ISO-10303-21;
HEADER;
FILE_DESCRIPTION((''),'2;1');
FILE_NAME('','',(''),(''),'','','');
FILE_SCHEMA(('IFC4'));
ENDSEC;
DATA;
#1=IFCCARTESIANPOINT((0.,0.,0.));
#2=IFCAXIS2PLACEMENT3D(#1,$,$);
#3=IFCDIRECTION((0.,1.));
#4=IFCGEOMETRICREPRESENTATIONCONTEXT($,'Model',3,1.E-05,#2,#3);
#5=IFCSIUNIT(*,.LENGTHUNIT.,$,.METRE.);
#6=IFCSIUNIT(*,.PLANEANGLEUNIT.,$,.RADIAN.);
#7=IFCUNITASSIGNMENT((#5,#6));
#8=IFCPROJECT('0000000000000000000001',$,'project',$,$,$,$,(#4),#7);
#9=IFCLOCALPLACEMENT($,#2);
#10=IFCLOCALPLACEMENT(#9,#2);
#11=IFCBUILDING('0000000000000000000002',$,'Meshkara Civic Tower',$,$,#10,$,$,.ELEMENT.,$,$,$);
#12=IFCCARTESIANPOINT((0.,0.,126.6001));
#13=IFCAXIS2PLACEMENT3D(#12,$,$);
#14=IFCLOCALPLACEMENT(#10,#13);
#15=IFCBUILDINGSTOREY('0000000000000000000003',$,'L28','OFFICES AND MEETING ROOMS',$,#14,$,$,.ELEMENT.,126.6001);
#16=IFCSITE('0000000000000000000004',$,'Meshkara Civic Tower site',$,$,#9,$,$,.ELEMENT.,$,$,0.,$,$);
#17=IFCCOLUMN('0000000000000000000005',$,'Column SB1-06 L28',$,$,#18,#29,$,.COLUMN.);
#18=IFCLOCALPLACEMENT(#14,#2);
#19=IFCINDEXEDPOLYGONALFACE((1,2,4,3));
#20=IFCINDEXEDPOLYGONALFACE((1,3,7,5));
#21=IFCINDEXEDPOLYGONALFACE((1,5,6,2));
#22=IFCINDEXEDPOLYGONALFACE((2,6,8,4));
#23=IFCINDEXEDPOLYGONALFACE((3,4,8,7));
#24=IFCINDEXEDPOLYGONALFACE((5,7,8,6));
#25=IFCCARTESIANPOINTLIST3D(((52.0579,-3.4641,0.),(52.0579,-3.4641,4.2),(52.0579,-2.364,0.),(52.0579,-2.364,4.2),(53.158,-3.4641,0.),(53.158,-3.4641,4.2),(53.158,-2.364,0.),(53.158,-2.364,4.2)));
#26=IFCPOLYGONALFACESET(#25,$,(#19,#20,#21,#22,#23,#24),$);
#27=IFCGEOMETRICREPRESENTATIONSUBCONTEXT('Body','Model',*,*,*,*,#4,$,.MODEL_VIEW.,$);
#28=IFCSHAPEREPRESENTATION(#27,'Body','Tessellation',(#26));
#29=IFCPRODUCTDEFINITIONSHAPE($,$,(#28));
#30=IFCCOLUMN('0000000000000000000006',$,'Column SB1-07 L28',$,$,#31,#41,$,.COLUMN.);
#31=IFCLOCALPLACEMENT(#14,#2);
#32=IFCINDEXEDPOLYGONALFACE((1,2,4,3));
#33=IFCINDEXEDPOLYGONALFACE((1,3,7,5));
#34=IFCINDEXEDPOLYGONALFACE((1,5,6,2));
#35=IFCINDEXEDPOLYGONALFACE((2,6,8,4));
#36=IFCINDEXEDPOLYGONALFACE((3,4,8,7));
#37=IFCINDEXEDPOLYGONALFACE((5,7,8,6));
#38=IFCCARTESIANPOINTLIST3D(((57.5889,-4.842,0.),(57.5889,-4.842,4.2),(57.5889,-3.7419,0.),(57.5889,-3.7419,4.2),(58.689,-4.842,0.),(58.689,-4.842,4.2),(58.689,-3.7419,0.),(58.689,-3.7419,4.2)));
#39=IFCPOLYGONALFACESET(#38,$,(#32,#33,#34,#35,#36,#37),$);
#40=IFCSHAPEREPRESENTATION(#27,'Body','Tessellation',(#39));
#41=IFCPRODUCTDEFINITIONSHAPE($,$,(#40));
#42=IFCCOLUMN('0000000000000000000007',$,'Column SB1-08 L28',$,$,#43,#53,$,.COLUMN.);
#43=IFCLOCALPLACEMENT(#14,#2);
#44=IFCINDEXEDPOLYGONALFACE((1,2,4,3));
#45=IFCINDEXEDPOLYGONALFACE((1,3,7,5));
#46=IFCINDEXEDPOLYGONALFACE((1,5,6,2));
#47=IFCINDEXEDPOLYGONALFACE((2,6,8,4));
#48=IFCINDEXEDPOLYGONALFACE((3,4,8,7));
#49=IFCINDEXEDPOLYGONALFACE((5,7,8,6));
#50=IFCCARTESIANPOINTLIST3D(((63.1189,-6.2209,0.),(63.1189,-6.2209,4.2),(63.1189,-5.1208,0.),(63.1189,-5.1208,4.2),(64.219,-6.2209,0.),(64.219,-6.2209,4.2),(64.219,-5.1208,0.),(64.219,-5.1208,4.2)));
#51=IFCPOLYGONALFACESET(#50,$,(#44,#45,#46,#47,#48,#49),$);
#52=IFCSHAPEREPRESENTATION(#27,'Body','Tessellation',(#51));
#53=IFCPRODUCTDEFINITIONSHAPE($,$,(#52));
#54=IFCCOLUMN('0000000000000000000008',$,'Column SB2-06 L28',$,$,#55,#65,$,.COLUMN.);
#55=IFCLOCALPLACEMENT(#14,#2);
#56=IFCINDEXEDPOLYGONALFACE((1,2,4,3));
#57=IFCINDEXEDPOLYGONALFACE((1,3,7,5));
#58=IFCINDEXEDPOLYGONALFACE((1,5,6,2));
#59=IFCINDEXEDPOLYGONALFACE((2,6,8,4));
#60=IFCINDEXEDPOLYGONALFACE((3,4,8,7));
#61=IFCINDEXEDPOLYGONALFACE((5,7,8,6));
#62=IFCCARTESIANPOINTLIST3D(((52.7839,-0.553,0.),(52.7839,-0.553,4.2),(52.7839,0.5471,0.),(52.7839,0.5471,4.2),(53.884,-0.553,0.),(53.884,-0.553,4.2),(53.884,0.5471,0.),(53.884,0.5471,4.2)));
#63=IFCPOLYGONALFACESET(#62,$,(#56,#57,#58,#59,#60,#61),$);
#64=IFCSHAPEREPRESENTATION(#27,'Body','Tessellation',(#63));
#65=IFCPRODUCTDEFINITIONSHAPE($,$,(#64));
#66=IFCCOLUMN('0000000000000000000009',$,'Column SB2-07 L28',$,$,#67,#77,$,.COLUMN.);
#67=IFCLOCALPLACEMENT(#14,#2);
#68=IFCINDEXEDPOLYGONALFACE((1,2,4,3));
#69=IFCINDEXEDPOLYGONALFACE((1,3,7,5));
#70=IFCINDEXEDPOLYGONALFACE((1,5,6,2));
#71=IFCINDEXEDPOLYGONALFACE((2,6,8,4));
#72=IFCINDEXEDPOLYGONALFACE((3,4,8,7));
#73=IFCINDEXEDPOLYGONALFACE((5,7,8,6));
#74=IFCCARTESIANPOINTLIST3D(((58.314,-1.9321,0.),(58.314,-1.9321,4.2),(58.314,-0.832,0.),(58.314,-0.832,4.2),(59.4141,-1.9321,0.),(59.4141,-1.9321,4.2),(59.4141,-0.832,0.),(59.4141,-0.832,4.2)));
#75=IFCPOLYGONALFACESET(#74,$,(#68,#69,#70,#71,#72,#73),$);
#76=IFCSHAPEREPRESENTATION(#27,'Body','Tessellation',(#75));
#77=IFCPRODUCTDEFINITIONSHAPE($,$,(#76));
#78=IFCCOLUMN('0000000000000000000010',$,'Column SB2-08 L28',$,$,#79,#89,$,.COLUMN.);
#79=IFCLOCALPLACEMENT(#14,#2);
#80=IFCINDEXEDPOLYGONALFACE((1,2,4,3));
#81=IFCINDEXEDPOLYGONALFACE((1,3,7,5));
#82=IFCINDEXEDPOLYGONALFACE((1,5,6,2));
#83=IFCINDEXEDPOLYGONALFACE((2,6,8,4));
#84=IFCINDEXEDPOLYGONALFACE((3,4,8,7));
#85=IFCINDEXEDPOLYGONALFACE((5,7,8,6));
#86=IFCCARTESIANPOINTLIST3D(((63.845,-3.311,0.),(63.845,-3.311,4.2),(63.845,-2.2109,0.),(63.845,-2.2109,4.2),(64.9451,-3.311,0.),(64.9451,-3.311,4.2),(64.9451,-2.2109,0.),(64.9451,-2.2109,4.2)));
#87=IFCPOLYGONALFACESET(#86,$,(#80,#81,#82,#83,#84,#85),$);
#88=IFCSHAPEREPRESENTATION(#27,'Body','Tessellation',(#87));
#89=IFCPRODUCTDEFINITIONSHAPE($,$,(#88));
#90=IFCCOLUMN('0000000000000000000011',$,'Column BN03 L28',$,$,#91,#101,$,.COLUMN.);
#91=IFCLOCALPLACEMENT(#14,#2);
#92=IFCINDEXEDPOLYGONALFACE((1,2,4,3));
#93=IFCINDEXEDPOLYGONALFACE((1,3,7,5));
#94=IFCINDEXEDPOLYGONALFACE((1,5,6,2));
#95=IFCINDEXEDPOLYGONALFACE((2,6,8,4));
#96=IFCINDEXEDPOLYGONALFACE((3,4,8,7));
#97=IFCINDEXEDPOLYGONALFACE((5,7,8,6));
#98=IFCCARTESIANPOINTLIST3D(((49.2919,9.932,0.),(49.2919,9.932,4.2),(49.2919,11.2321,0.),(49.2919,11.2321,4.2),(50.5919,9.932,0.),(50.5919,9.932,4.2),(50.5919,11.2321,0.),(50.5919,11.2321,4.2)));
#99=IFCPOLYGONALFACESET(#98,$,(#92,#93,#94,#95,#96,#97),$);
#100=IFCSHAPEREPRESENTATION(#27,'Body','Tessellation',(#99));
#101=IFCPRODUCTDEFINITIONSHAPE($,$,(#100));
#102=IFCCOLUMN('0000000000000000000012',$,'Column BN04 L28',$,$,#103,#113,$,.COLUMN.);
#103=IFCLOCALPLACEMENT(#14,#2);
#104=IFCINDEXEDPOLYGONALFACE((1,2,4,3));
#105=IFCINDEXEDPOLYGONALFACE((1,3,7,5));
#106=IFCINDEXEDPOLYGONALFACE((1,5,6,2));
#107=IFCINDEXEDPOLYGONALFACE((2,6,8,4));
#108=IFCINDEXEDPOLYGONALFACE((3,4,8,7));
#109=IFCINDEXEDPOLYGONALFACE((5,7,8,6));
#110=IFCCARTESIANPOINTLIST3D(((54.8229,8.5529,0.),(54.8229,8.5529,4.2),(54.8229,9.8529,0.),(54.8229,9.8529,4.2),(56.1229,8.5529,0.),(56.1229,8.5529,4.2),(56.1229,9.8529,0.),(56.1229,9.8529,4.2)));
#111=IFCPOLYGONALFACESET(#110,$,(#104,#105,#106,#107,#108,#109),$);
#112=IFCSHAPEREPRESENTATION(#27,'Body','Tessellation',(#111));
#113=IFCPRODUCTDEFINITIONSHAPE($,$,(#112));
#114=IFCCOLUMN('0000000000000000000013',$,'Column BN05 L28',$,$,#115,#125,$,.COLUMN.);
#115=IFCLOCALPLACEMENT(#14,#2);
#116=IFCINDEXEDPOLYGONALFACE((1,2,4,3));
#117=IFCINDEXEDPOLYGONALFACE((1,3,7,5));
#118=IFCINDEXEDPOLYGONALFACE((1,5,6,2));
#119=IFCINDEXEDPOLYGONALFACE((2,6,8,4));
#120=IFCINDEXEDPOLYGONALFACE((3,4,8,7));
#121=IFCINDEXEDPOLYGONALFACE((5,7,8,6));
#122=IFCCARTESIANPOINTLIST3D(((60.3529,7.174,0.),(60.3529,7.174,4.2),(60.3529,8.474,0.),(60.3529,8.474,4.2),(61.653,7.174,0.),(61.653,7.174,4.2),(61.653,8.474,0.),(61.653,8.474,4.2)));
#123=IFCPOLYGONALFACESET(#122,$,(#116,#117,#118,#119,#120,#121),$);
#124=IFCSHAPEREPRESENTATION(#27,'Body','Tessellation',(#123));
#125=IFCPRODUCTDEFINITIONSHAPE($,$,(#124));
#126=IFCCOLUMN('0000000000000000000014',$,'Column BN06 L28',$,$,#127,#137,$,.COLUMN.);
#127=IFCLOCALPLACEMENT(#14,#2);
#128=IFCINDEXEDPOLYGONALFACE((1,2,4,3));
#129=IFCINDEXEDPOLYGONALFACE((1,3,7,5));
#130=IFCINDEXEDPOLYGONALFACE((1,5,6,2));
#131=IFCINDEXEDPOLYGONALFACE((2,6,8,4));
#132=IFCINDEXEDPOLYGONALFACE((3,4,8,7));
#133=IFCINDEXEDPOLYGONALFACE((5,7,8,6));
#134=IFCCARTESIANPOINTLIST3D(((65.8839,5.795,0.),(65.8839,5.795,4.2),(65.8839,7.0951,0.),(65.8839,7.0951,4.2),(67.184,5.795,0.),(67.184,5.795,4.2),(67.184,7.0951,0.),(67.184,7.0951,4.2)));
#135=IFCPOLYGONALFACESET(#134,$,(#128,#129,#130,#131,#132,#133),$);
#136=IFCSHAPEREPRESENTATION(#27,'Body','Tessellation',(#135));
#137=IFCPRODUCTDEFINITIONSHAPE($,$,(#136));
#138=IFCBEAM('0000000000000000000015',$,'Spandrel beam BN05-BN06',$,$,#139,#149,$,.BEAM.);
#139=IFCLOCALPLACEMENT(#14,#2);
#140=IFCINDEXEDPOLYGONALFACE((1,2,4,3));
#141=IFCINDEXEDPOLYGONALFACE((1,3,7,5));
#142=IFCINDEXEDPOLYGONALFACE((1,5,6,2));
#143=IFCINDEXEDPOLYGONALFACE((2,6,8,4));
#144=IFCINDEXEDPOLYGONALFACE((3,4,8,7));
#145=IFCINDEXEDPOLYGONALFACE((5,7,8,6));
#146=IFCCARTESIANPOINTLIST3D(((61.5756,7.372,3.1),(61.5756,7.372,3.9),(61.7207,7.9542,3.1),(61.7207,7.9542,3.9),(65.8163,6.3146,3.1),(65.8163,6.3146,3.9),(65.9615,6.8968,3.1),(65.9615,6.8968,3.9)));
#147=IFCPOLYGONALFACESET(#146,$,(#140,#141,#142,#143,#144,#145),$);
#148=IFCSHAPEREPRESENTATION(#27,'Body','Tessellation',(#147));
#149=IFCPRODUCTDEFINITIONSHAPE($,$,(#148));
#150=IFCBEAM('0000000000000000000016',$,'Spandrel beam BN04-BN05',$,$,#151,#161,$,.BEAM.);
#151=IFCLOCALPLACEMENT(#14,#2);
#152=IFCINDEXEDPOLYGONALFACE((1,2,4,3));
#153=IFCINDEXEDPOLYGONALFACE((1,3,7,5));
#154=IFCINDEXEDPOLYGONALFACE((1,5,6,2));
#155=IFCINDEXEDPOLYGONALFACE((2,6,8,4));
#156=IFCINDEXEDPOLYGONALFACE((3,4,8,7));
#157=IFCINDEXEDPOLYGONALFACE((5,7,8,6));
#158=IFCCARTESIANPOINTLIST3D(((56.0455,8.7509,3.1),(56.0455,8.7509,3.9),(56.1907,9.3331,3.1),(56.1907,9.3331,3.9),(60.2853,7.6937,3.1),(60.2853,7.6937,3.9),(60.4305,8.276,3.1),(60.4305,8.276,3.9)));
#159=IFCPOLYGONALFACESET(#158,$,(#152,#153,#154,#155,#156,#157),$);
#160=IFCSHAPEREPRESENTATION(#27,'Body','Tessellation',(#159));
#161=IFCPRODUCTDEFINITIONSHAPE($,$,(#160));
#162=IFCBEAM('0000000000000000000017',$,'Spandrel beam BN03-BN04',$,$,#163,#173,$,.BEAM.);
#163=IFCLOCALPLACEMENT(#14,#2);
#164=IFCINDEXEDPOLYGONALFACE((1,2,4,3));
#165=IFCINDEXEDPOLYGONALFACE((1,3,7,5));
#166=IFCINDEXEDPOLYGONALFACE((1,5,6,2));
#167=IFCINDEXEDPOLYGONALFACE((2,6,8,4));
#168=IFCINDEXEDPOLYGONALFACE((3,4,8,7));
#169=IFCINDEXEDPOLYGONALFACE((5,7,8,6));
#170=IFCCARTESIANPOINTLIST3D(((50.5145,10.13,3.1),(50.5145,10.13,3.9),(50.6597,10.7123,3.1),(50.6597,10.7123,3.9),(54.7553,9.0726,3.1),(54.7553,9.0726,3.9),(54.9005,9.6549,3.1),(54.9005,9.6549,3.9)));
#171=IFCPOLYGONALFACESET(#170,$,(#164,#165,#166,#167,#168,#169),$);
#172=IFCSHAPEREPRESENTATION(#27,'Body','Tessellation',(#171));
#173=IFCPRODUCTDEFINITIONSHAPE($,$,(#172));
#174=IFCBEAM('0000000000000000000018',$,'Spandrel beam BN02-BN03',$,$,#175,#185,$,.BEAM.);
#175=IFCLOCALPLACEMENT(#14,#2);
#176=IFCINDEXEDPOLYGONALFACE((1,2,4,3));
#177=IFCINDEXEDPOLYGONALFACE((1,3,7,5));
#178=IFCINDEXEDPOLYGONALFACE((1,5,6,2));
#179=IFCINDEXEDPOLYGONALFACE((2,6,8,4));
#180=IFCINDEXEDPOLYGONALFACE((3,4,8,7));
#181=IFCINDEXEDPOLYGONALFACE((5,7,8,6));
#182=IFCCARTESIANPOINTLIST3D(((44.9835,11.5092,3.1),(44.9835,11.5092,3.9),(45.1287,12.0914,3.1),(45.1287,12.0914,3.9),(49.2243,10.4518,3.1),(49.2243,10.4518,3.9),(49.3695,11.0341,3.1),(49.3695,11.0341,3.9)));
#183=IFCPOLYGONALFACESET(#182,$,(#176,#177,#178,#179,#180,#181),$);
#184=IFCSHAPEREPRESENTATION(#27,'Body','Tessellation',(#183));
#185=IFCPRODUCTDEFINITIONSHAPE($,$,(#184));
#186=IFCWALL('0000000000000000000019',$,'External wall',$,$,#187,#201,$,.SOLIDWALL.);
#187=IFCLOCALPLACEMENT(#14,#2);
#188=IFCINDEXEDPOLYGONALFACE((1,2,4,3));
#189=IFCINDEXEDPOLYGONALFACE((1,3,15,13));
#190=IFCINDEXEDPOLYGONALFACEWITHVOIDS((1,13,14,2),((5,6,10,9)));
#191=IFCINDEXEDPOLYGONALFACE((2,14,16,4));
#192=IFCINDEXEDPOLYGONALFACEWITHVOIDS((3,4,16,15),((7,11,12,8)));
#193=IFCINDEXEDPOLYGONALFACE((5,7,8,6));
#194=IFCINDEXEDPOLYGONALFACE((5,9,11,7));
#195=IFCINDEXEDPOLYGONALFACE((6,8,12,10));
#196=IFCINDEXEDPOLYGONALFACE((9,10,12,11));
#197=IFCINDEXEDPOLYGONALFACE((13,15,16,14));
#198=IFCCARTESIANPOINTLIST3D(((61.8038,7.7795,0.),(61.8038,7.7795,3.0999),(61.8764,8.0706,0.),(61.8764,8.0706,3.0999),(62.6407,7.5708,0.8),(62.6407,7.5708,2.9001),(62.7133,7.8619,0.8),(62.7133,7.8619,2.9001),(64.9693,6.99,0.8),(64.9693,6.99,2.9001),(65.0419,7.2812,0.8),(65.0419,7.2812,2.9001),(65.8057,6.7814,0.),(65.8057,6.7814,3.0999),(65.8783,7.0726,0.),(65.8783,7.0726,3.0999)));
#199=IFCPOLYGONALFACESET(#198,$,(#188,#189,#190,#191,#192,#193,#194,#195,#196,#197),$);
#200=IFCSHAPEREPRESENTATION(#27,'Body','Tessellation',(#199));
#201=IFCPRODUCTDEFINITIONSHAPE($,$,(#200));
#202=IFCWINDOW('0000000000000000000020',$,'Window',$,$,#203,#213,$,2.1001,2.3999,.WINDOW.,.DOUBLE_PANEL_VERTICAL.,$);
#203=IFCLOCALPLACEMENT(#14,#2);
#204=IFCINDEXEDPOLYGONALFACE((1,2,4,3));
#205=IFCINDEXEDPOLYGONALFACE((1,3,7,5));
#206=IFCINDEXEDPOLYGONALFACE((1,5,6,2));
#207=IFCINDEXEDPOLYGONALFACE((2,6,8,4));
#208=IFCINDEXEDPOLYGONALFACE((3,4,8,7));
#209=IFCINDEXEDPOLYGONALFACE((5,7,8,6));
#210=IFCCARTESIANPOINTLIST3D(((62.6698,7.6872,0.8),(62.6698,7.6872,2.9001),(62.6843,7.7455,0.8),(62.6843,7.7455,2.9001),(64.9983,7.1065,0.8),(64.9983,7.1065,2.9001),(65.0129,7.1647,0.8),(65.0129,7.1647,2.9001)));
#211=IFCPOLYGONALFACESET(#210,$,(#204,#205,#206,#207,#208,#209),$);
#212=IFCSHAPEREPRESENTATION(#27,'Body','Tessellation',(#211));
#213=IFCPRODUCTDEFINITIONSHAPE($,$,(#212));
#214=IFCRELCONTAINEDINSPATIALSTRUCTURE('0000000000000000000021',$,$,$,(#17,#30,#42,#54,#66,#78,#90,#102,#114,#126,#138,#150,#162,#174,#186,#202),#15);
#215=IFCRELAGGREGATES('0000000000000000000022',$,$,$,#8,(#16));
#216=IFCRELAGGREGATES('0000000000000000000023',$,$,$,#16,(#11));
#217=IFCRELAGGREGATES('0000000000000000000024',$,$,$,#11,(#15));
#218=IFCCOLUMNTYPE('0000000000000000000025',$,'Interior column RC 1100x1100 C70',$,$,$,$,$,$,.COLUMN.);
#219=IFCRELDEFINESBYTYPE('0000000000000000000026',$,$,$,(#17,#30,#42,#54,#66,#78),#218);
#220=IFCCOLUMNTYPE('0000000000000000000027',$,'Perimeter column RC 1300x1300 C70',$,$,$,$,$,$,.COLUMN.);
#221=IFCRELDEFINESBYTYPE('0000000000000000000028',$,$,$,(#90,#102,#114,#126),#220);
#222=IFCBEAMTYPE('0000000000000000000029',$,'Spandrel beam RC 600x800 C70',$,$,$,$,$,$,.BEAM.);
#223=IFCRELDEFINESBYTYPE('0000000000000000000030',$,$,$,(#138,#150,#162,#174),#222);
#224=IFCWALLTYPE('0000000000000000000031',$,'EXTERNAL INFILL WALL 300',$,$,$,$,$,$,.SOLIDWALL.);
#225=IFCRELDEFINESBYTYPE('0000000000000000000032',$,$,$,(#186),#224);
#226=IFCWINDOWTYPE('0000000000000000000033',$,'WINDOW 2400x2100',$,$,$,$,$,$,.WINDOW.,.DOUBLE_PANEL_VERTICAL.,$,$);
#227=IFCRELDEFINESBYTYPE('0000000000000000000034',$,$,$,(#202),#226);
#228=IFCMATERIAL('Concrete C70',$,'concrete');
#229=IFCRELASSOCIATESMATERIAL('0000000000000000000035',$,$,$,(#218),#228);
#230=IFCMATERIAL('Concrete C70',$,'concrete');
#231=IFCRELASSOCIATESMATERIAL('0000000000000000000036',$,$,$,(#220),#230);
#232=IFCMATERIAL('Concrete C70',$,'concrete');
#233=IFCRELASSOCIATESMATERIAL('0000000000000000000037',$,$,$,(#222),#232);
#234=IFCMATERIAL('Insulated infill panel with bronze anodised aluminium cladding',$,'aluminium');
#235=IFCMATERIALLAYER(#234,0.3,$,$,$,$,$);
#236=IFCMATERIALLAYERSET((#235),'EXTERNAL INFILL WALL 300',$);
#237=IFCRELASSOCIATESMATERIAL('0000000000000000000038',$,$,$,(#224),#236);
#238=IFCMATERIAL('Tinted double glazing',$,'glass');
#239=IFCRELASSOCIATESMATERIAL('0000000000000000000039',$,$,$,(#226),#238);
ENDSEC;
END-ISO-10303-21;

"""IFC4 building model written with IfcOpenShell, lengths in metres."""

from ifc_helpers import new_model, si_unit, direction, frame, frame_2d, origin, origin_2d, place, context, subcontext, project, spatial, rectangle, extrude, material, layer, layer_set, material_profile, profile_set, type_object, element, fill, save


model = new_model("IFC4")

# Units and contexts
model_context = context("Model", 3, precision=1e-05, world=origin(), true_north=direction((0.0, 1.0)))
body_context = subcontext(model_context, "Body", "Model", "MODEL_VIEW")
ifc_project = project(units=[si_unit("LENGTHUNIT", "METRE"), si_unit("PLANEANGLEUNIT", "RADIAN")], contexts=[model_context])

# Site, building, storey
site_placement = place(None, origin())
site = spatial("IfcSite", under=ifc_project, at=site_placement, Name="Meshkara Civic Tower site", CompositionType="ELEMENT", RefElevation=0.0)
building_placement = place(site_placement, origin())
building = spatial("IfcBuilding", under=site, at=building_placement, Name="Meshkara Civic Tower", CompositionType="ELEMENT")
storey_placement = place(building_placement, frame((0.0, 0.0, 126.6001)))
storey = spatial("IfcBuildingStorey", under=building, at=storey_placement, Name="L28", Description="OFFICES AND MEETING ROOMS", CompositionType="ELEMENT", Elevation=126.6001)

# Columns
ifc_material_1 = material(Name="Concrete C70", Category="concrete")
ifc_material_profile_1 = material_profile(ifc_material_1, rectangle(XDim=1.1001, YDim=1.1001, at=origin_2d()))
ifc_profile_set_1 = profile_set([ifc_material_profile_1], Name="Concrete C70")
column_type_1 = type_object("IfcColumnType", Name="Interior column RC 1100x1100 C70", PredefinedType="COLUMN", material=ifc_profile_set_1)
for number, where, z_axis, x_axis, name in (
    (1, (52.6079, -2.9141, 0.0), (0.0, 0.0, 1.0), (1.0, 0.0, 0.0), "Column SB1-06 L28"),
    (2, (58.1389, -4.292, 0.0), (0.0, 0.0, 1.0), (1.0, 0.0, 0.0), "Column SB1-07 L28"),
    (3, (63.6689, -5.6709, 0.0), (0.0, 0.0, 1.0), (1.0, 0.0, 0.0), "Column SB1-08 L28"),
    (4, (53.334, -0.0029, 0.0), (0.0, 0.0, 1.0), (1.0, 0.0, 0.0), "Column SB2-06 L28"),
    (5, (58.864, -1.3821, 0.0), (0.0, 0.0, 1.0), (1.0, 0.0, 0.0), "Column SB2-07 L28"),
    (6, (64.395, -2.761, 0.0), (0.0, 0.0, 1.0), (1.0, 0.0, 0.0), "Column SB2-08 L28"),
):
    element("IfcColumn", number, at=place(storey_placement, frame(where, z_axis=z_axis, x_axis=x_axis)), inside=storey, type_object=column_type_1, Name=name, PredefinedType="COLUMN", context=body_context, shape_type="SweptSolid", body=[
        extrude(rectangle(XDim=1.1001, YDim=1.1001, at=origin_2d()), origin(), (0.0, 0.0, 1.0), 4.2),
    ])
ifc_material_2 = material(Name="Concrete C70", Category="concrete")
ifc_material_profile_2 = material_profile(ifc_material_2, rectangle(XDim=1.3, YDim=1.3, at=origin_2d()))
ifc_profile_set_2 = profile_set([ifc_material_profile_2], Name="Concrete C70")
column_type_2 = type_object("IfcColumnType", Name="Perimeter column RC 1300x1300 C70", PredefinedType="COLUMN", material=ifc_profile_set_2)
for number, where, z_axis, x_axis, name in (
    (7, (49.9419, 10.582, 0.0), (0.0, 0.0, 1.0), (1.0, 0.0, 0.0), "Column BN03 L28"),
    (8, (55.4729, 9.2029, 0.0), (0.0, 0.0, 1.0), (1.0, 0.0, 0.0), "Column BN04 L28"),
    (9, (61.0029, 7.824, 0.0), (0.0, 0.0, 1.0), (1.0, 0.0, 0.0), "Column BN05 L28"),
    (10, (66.5339, 6.4451, 0.0), (0.0, 0.0, 1.0), (1.0, 0.0, 0.0), "Column BN06 L28"),
):
    element("IfcColumn", number, at=place(storey_placement, frame(where, z_axis=z_axis, x_axis=x_axis)), inside=storey, type_object=column_type_2, Name=name, PredefinedType="COLUMN", context=body_context, shape_type="SweptSolid", body=[
        extrude(rectangle(XDim=1.3, YDim=1.3, at=origin_2d()), origin(), (0.0, 0.0, 1.0), 4.2),
    ])

# Beams
ifc_material_3 = material(Name="Concrete C70", Category="concrete")
ifc_material_profile_3 = material_profile(ifc_material_3, rectangle(XDim=0.6001, YDim=0.8, at=origin_2d()))
ifc_profile_set_3 = profile_set([ifc_material_profile_3], Name="Concrete C70")
beam_type = type_object("IfcBeamType", Name="Spandrel beam RC 600x800 C70", PredefinedType="BEAM", material=ifc_profile_set_3)
beam_1_placement = place(storey_placement, frame((65.8889, 6.6057, 3.5), z_axis=(-0.970293, 0.241931, 0.0), x_axis=(-0.241931, -0.970293, 0.0)))
element("IfcBeam", 11, at=beam_1_placement, inside=storey, type_object=beam_type, Name="Spandrel beam BN05-BN06", PredefinedType="BEAM", context=body_context, shape_type="SweptSolid", body=[
    extrude(rectangle(XDim=0.6001, YDim=0.8, at=origin_2d()), origin(), (0.0, 0.0, 1.0), 4.3706),
])
beam_2_placement = place(storey_placement, frame((60.3579, 7.9849, 3.5), z_axis=(-0.970293, 0.241931, 0.0), x_axis=(-0.241931, -0.970293, 0.0)))
element("IfcBeam", 12, at=beam_2_placement, inside=storey, type_object=beam_type, Name="Spandrel beam BN04-BN05", PredefinedType="BEAM", context=body_context, shape_type="SweptSolid", body=[
    extrude(rectangle(XDim=0.6001, YDim=0.8, at=origin_2d()), origin(), (0.0, 0.0, 1.0), 4.3696),
])
for number, where, z_axis, x_axis, name in (
    (13, (54.8279, 9.3638, 3.5), (-0.970293, 0.241931, 0.0), (-0.241931, -0.970293, 0.0), "Spandrel beam BN03-BN04"),
    (14, (49.2969, 10.7429, 3.5), (-0.970293, 0.241931, 0.0), (-0.241931, -0.970293, 0.0), "Spandrel beam BN02-BN03"),
):
    element("IfcBeam", number, at=place(storey_placement, frame(where, z_axis=z_axis, x_axis=x_axis)), inside=storey, type_object=beam_type, Name=name, PredefinedType="BEAM", context=body_context, shape_type="SweptSolid", body=[
        extrude(rectangle(XDim=0.6001, YDim=0.8, at=origin_2d()), origin(), (0.0, 0.0, 1.0), 4.3706),
    ])

# Wall, opening, window
ifc_material_4 = material(Name="Insulated infill panel with bronze anodised aluminium cladding", Category="aluminium")
ifc_layer_1 = layer(ifc_material_4, 0.3)
ifc_layer_set_1 = layer_set([ifc_layer_1], Name="EXTERNAL INFILL WALL 300")
wall_type_1 = type_object("IfcWallType", Name="EXTERNAL INFILL WALL 300", PredefinedType="SOLIDWALL", material=ifc_layer_set_1)
wall_1_placement = place(storey_placement, frame((65.842, 6.927, 0.0), z_axis=(0.0, 0.0, 1.0), x_axis=(-0.970282, 0.241978, 0.0)))
wall_1 = element("IfcWall", 15, at=wall_1_placement, inside=storey, type_object=wall_type_1, Name="External wall", PredefinedType="SOLIDWALL", context=body_context, shape_type="SweptSolid", body=[
    extrude(rectangle(XDim=4.1245, YDim=0.3, at=frame_2d((2.0623, 0.0))), origin(), (0.0, 0.0, 1.0), 3.0999),
])
opening_1_placement = place(wall_1_placement, frame((0.8621, 0.0, 0.8)))
opening_1 = element("IfcOpeningElement", 16, at=opening_1_placement, cuts=wall_1, PredefinedType="OPENING", context=body_context, shape_type="SweptSolid", body=[
    extrude(rectangle(XDim=2.3999, YDim=2.1001, at=frame_2d((1.2, 1.05))), frame((0.0, 0.1599, 0.0), z_axis=(0.0, -1.0, 0.0), x_axis=(1.0, 0.0, 0.0)), (0.0, 0.0, 1.0), 0.3201),
])
ifc_material_5 = material(Name="Tinted double glazing", Category="glass")
window_type = type_object("IfcWindowType", Name="WINDOW 2400x2100", PartitioningType="DOUBLE_PANEL_VERTICAL", PredefinedType="WINDOW", material=ifc_material_5)
window_1_placement = place(opening_1_placement, origin())
window_1 = element("IfcWindow", 17, at=window_1_placement, inside=storey, type_object=window_type, Name="Window", OverallHeight=2.1001, OverallWidth=2.3999, PartitioningType="DOUBLE_PANEL_VERTICAL", PredefinedType="WINDOW", context=body_context, shape_type="SweptSolid", body=[
    extrude(rectangle(XDim=2.3999, YDim=2.1001, at=frame_2d((1.2, 1.05))), frame((0.0, 0.03, 0.0), z_axis=(0.0, -1.0, 0.0), x_axis=(1.0, 0.0, 0.0)), (0.0, 0.0, 1.0), 0.0601),
])
fill(opening_1, window_1)

save(model, "model.ifc")
